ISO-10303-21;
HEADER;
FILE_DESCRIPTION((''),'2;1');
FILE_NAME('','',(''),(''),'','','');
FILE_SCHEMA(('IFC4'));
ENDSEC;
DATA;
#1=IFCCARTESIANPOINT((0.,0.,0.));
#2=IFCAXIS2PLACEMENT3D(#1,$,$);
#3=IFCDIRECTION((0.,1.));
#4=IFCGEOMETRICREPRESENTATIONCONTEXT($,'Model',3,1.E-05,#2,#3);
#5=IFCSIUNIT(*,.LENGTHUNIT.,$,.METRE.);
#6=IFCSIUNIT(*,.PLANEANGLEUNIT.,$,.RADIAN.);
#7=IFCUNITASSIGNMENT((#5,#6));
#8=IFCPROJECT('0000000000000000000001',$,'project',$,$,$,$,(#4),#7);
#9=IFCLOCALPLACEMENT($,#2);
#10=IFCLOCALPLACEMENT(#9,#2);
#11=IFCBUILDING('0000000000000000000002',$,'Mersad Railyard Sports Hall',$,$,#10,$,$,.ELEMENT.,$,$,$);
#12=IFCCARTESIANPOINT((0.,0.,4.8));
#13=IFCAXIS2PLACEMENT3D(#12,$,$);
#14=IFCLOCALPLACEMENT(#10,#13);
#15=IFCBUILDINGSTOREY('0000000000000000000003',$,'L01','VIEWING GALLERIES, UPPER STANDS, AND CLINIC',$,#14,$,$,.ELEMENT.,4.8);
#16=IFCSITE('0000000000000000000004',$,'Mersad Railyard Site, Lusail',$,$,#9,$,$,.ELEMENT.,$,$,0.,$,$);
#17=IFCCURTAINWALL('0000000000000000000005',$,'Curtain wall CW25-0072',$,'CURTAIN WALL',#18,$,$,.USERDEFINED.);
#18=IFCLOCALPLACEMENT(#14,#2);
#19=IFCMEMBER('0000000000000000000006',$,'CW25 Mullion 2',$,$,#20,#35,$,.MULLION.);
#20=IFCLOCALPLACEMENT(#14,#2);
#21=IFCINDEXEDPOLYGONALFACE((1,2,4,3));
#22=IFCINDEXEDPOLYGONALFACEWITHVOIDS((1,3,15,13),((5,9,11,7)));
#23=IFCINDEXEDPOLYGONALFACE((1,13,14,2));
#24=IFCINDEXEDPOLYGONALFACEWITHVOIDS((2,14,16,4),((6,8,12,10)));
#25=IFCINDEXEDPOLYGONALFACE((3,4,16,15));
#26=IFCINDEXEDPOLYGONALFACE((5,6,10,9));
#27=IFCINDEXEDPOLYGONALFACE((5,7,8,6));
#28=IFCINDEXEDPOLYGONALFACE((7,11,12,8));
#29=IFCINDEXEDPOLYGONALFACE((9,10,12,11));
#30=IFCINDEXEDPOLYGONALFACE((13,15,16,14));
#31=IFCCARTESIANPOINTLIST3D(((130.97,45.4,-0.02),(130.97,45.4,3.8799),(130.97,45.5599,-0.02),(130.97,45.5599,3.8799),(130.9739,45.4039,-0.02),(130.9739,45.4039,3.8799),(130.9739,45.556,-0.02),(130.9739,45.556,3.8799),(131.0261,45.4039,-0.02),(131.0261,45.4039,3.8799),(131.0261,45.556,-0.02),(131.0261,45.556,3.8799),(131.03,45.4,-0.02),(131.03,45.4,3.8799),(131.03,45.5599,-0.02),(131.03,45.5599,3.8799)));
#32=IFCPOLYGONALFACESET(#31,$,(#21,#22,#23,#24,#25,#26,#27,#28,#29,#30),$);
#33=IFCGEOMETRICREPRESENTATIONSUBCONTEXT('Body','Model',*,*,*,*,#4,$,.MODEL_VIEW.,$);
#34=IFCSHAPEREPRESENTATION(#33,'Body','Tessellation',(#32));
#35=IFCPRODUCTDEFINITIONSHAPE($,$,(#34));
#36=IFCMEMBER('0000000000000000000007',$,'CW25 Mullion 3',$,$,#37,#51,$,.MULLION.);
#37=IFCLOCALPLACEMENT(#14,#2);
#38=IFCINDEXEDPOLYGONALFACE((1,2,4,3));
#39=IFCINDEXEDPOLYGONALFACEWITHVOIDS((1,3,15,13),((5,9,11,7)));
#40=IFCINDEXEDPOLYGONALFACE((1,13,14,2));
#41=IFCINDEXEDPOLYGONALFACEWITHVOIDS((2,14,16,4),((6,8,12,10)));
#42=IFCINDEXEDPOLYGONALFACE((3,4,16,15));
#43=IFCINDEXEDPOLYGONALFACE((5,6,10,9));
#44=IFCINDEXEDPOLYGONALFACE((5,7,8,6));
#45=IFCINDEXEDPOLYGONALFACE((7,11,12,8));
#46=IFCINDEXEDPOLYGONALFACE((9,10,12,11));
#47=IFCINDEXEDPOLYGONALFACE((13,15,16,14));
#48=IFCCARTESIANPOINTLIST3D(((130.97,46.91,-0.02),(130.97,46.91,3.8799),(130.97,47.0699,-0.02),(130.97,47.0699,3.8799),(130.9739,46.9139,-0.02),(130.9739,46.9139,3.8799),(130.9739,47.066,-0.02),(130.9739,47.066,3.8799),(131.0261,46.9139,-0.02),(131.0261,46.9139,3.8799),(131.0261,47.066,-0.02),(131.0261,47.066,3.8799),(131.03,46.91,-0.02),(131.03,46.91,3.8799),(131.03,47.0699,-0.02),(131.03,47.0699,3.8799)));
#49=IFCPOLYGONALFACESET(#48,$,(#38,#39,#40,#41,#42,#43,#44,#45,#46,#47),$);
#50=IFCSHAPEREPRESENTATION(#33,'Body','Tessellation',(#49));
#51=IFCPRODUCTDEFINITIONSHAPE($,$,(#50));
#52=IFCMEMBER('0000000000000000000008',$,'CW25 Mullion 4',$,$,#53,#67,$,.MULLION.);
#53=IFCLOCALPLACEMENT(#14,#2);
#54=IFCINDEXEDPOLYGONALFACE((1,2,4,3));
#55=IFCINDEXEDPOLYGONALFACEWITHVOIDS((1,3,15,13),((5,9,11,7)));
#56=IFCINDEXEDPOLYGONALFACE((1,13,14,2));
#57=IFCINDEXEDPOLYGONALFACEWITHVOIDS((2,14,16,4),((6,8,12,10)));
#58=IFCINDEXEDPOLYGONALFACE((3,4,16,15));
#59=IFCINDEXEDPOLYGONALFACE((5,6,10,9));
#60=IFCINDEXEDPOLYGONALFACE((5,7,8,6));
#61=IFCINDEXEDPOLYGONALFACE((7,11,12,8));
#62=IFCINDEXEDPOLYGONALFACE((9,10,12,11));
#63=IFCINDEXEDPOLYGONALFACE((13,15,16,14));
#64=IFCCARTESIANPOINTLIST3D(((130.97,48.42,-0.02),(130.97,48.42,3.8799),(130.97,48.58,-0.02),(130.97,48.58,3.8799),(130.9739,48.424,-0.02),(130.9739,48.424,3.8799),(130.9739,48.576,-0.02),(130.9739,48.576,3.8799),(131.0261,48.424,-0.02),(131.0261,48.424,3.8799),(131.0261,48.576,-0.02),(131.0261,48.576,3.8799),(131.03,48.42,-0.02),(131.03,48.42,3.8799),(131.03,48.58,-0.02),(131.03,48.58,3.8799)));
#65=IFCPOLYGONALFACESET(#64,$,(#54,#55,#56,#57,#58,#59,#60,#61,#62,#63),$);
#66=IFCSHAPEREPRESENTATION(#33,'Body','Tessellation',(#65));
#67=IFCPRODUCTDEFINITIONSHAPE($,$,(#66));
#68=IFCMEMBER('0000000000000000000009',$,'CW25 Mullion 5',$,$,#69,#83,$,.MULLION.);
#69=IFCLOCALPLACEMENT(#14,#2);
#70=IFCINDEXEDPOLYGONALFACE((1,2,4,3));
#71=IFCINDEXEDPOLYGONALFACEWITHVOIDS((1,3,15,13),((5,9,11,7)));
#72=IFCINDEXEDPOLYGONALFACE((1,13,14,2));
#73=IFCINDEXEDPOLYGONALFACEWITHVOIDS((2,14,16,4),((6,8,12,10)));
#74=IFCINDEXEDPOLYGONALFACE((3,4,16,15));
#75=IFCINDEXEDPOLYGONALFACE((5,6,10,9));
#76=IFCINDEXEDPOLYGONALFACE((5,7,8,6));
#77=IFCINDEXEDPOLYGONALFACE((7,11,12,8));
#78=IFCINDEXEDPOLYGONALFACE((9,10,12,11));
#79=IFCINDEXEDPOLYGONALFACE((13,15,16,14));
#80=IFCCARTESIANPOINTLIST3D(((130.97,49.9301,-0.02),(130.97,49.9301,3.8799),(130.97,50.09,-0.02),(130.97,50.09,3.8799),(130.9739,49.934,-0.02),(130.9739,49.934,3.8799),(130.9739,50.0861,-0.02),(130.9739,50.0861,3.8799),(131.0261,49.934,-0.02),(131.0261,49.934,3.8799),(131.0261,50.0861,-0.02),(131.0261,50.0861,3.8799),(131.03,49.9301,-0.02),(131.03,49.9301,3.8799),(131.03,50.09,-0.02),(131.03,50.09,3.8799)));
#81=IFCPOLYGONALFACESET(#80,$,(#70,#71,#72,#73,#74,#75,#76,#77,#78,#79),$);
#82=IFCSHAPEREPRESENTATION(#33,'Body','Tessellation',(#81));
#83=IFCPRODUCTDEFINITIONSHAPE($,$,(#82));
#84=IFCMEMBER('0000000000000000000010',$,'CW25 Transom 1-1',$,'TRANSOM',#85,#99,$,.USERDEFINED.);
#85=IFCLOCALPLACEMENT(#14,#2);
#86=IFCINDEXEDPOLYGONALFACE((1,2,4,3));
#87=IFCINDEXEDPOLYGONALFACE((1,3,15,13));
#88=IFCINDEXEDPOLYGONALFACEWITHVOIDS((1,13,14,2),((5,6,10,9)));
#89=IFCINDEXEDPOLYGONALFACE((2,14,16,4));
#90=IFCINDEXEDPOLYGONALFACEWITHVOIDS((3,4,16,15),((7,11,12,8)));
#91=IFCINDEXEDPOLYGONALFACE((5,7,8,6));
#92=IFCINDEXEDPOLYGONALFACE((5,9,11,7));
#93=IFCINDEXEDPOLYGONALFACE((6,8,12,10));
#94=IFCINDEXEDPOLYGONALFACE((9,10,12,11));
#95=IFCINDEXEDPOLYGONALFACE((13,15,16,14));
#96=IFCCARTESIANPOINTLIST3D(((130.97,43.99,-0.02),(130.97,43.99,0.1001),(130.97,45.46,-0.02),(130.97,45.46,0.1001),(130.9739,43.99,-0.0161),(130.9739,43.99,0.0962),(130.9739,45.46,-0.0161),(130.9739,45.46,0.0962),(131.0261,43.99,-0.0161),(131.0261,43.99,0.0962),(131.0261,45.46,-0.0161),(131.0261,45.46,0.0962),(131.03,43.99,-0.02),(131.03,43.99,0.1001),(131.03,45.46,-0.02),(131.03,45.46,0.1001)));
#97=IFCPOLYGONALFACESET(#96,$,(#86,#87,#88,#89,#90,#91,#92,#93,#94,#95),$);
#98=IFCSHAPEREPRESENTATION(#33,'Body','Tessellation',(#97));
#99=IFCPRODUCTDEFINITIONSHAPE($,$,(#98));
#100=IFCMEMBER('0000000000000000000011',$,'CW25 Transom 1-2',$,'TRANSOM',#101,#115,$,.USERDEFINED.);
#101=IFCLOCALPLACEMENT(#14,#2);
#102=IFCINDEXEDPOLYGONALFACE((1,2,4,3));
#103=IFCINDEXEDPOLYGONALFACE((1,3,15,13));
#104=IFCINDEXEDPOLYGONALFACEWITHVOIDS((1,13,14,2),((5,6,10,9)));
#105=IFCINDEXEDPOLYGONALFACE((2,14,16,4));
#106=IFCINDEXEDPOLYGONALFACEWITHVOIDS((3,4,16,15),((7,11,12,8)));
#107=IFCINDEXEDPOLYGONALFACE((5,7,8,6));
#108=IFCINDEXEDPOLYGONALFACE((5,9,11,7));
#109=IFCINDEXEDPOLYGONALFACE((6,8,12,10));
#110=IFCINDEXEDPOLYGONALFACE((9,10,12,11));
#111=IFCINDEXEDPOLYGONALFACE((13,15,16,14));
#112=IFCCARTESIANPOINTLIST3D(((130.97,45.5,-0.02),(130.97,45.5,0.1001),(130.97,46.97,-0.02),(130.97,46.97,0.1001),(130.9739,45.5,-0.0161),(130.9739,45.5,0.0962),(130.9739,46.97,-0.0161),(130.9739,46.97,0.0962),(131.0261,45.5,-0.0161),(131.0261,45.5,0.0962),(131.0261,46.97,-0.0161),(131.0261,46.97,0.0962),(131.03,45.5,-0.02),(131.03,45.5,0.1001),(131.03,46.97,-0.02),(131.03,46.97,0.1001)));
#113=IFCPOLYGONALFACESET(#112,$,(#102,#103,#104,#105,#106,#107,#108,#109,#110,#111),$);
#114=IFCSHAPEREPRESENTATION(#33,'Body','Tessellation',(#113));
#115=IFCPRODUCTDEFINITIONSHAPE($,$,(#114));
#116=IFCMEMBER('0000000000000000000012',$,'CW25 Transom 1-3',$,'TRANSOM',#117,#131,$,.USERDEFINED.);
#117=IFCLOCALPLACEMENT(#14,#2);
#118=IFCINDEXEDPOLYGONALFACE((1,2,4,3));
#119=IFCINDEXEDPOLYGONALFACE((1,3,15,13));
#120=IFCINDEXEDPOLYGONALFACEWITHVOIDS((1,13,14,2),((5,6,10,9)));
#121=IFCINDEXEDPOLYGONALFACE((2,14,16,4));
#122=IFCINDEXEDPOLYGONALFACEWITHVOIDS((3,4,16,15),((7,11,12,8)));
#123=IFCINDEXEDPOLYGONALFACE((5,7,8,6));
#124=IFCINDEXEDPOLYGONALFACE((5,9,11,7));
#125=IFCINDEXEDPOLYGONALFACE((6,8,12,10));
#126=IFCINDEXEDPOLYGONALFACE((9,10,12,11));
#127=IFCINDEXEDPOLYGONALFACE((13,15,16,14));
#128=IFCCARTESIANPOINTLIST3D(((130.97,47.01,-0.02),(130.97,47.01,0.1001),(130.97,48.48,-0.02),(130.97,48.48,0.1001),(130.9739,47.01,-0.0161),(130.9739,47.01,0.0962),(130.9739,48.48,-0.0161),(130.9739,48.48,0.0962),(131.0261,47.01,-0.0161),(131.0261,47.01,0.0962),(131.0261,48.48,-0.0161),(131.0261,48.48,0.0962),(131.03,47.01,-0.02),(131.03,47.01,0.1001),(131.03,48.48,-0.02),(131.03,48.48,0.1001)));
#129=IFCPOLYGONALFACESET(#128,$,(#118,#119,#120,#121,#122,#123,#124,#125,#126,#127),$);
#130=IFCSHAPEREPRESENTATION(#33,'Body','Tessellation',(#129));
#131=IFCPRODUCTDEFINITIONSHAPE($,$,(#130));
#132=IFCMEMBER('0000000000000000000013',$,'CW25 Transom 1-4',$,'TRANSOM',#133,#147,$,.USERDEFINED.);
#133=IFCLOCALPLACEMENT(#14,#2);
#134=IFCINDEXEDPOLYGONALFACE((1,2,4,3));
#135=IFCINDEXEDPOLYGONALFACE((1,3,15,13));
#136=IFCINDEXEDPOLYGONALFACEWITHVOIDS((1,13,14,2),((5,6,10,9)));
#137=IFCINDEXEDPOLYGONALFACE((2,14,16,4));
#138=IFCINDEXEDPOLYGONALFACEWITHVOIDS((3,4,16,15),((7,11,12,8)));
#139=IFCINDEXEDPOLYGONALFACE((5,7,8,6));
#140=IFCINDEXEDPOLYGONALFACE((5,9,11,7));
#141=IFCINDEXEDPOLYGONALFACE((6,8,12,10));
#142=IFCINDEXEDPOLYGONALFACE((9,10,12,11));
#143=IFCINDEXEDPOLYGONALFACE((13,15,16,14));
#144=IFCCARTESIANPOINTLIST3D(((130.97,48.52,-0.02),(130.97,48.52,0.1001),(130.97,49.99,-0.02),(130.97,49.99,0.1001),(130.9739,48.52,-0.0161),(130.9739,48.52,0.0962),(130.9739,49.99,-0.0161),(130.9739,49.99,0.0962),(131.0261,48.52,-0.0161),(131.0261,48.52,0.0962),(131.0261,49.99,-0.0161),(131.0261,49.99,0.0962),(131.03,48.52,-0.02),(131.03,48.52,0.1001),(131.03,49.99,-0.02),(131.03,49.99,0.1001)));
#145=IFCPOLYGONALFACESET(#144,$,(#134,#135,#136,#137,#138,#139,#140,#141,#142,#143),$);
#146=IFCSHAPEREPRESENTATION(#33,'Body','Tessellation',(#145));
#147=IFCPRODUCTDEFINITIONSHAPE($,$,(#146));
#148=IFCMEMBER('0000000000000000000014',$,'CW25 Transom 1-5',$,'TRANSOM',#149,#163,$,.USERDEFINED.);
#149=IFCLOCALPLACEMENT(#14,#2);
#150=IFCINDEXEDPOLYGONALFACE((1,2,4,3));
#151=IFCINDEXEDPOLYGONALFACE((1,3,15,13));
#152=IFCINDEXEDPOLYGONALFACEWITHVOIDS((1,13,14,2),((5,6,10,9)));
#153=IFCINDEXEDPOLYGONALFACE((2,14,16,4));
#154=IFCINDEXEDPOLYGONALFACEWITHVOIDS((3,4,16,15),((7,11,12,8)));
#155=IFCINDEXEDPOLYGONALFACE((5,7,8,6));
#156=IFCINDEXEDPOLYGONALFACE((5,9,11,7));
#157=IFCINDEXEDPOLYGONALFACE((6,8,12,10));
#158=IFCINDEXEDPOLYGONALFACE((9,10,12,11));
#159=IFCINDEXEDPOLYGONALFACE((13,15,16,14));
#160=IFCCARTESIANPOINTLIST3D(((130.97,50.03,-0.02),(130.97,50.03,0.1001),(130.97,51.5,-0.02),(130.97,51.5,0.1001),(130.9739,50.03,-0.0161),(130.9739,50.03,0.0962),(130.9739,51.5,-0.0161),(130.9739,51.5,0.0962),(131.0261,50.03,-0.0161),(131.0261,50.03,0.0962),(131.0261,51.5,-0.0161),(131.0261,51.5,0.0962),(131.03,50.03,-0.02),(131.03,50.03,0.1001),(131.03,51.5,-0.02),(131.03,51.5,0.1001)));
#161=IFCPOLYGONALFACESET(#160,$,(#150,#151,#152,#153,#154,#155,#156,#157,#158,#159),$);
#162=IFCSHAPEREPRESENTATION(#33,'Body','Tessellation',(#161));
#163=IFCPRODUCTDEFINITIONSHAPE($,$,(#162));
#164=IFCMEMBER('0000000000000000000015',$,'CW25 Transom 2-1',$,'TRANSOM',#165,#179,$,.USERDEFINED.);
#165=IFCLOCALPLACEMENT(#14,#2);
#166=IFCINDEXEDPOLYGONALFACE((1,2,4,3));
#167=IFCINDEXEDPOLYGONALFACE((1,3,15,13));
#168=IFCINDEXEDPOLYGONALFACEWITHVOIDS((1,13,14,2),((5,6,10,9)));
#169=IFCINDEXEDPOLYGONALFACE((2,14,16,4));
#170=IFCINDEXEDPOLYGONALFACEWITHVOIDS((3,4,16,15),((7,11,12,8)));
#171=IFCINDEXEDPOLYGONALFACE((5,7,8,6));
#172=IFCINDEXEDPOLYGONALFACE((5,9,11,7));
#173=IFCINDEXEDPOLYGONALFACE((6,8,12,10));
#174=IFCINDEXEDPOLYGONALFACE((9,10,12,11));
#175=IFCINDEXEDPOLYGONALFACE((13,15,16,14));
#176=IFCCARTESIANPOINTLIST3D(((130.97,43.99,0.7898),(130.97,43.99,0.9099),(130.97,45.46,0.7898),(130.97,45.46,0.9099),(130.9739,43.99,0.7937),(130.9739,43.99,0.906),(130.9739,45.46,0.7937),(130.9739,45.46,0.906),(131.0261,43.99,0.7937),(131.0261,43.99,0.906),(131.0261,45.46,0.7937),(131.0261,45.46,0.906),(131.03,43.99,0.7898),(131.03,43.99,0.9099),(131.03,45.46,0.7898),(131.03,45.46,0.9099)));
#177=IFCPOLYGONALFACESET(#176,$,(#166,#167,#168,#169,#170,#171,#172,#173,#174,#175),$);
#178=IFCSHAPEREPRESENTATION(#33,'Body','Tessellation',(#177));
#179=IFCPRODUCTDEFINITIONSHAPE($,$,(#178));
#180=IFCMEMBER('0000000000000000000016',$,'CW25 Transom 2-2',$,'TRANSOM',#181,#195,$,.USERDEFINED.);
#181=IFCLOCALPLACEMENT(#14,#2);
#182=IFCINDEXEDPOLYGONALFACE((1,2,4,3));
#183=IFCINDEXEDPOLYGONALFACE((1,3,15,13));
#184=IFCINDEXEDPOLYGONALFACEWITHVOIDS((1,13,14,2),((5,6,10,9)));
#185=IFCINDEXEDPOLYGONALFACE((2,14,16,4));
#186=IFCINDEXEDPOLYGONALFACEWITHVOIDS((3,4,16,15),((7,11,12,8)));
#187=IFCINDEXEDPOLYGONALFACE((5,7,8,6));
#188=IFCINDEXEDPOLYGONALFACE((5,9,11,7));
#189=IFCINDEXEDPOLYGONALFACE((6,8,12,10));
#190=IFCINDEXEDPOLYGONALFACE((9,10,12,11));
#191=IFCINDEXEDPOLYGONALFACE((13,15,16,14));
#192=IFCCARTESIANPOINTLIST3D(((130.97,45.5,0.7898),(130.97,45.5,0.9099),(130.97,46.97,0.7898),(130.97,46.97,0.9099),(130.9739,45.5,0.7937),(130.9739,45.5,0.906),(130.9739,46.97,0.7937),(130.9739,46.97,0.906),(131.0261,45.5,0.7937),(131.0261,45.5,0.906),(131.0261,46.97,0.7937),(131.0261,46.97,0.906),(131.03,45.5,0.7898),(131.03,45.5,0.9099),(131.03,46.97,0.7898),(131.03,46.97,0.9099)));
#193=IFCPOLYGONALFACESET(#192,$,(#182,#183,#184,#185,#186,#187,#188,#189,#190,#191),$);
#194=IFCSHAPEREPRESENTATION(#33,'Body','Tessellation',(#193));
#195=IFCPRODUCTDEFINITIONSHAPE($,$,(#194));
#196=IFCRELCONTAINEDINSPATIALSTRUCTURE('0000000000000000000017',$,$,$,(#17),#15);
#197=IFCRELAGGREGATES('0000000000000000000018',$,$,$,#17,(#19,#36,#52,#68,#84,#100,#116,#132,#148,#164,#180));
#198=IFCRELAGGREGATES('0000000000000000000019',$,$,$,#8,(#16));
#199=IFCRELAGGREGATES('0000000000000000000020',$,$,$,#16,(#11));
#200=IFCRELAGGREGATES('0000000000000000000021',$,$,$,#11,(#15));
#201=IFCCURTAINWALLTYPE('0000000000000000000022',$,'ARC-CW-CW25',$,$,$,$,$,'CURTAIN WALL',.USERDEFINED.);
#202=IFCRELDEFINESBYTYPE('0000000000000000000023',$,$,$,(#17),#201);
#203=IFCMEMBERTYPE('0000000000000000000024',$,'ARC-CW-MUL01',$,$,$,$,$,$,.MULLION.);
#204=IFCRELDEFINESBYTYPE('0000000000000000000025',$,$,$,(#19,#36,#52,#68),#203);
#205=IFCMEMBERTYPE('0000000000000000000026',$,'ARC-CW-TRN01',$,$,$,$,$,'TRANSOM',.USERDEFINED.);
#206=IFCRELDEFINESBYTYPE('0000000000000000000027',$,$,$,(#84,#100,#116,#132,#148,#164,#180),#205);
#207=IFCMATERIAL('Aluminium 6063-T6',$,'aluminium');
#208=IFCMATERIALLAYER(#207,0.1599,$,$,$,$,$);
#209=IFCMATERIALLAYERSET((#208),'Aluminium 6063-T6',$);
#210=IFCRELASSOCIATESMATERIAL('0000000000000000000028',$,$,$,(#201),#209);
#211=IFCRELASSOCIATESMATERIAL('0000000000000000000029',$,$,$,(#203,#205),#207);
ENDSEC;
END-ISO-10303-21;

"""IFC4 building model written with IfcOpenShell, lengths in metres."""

from ifc_helpers import new_model, si_unit, direction, frame, origin, origin_2d, place, context, subcontext, project, spatial, hollow_rectangle, extrude, material, layer, layer_set, material_profile, profile_set, type_object, element, aggregate, save


model = new_model("IFC4")

# Units and contexts
model_context = context("Model", 3, precision=1e-05, world=origin(), true_north=direction((0.0, 1.0)))
body_context = subcontext(model_context, "Body", "Model", "MODEL_VIEW")
ifc_project = project(units=[si_unit("LENGTHUNIT", "METRE"), si_unit("PLANEANGLEUNIT", "RADIAN")], contexts=[model_context])

# Site, building, storey
site_placement = place(None, origin())
site = spatial("IfcSite", under=ifc_project, at=site_placement, Name="Mersad Railyard Site, Lusail", CompositionType="ELEMENT", RefElevation=0.0)
building_placement = place(site_placement, origin())
building = spatial("IfcBuilding", under=site, at=building_placement, Name="Mersad Railyard Sports Hall", CompositionType="ELEMENT")
storey_placement = place(building_placement, frame((0.0, 0.0, 4.8)))
storey = spatial("IfcBuildingStorey", under=building, at=storey_placement, Name="L01", Description="VIEWING GALLERIES, UPPER STANDS, AND CLINIC", CompositionType="ELEMENT", Elevation=4.8)

# Curtain wall, members
ifc_material_1 = material(Name="Aluminium 6063-T6", Category="aluminium")
ifc_layer_1 = layer(ifc_material_1, 0.1599)
ifc_layer_set_1 = layer_set([ifc_layer_1], Name="Aluminium 6063-T6")
curtain_wall_type = type_object("IfcCurtainWallType", Name="ARC-CW-CW25", ElementType="CURTAIN WALL", PredefinedType="USERDEFINED", material=ifc_layer_set_1)
curtain_wall_placement = place(storey_placement, origin())
curtain_wall = element("IfcCurtainWall", 1, at=curtain_wall_placement, inside=storey, type_object=curtain_wall_type, Name="Curtain wall CW25-0072", ObjectType="CURTAIN WALL", PredefinedType="USERDEFINED")
ifc_material_profile_1 = material_profile(ifc_material_1, hollow_rectangle(XDim=0.0601, YDim=0.1599, WallThickness=0.0039, at=origin_2d()), Name="AL MULLION 60x160x4")
ifc_profile_set_1 = profile_set([ifc_material_profile_1], Name="Aluminium 6063-T6")
member_type_1 = type_object("IfcMemberType", Name="ARC-CW-MUL01", PredefinedType="MULLION", material=ifc_profile_set_1)
member_1_placement = place(storey_placement, frame((131.0, 45.48, -0.02), z_axis=(0.0, 0.0, 1.0), x_axis=(1.0, 0.0, 0.0)))
member_1 = element("IfcMember", 2, at=member_1_placement, type_object=member_type_1, Name="CW25 Mullion 2", PredefinedType="MULLION", context=body_context, shape_type="SweptSolid", body=[
    extrude(hollow_rectangle(XDim=0.0601, YDim=0.1599, WallThickness=0.0039, at=origin_2d()), origin(), (0.0, 0.0, 1.0), 3.8999),
])
member_2_placement = place(storey_placement, frame((131.0, 46.99, -0.02), z_axis=(0.0, 0.0, 1.0), x_axis=(1.0, 0.0, 0.0)))
member_2 = element("IfcMember", 3, at=member_2_placement, type_object=member_type_1, Name="CW25 Mullion 3", PredefinedType="MULLION", context=body_context, shape_type="SweptSolid", body=[
    extrude(hollow_rectangle(XDim=0.0601, YDim=0.1599, WallThickness=0.0039, at=origin_2d()), origin(), (0.0, 0.0, 1.0), 3.8999),
])
member_3_placement = place(storey_placement, frame((131.0, 48.5, -0.02), z_axis=(0.0, 0.0, 1.0), x_axis=(1.0, 0.0, 0.0)))
member_3 = element("IfcMember", 4, at=member_3_placement, type_object=member_type_1, Name="CW25 Mullion 4", PredefinedType="MULLION", context=body_context, shape_type="SweptSolid", body=[
    extrude(hollow_rectangle(XDim=0.0601, YDim=0.1599, WallThickness=0.0039, at=origin_2d()), origin(), (0.0, 0.0, 1.0), 3.8999),
])
member_4_placement = place(storey_placement, frame((131.0, 50.01, -0.02), z_axis=(0.0, 0.0, 1.0), x_axis=(1.0, 0.0, 0.0)))
member_4 = element("IfcMember", 5, at=member_4_placement, type_object=member_type_1, Name="CW25 Mullion 5", PredefinedType="MULLION", context=body_context, shape_type="SweptSolid", body=[
    extrude(hollow_rectangle(XDim=0.0601, YDim=0.1599, WallThickness=0.0039, at=origin_2d()), origin(), (0.0, 0.0, 1.0), 3.8999),
])
ifc_material_profile_2 = material_profile(ifc_material_1, hollow_rectangle(XDim=0.0601, YDim=0.1201, WallThickness=0.0039, at=origin_2d()), Name="AL TRANSOM 60x120x4")
ifc_profile_set_2 = profile_set([ifc_material_profile_2], Name="Aluminium 6063-T6")
member_type_2 = type_object("IfcMemberType", Name="ARC-CW-TRN01", ElementType="TRANSOM", PredefinedType="USERDEFINED", material=ifc_profile_set_2)
member_5_placement = place(storey_placement, frame((131.0, 43.99, 0.04), z_axis=(0.0, 1.0, 0.0), x_axis=(-1.0, 0.0, 0.0)))
member_5 = element("IfcMember", 6, at=member_5_placement, type_object=member_type_2, Name="CW25 Transom 1-1", ObjectType="TRANSOM", PredefinedType="USERDEFINED", context=body_context, shape_type="SweptSolid", body=[
    extrude(hollow_rectangle(XDim=0.0601, YDim=0.1201, WallThickness=0.0039, at=origin_2d()), origin(), (0.0, 0.0, 1.0), 1.47),
])
member_6_placement = place(storey_placement, frame((131.0, 45.5, 0.04), z_axis=(0.0, 1.0, 0.0), x_axis=(-1.0, 0.0, 0.0)))
member_6 = element("IfcMember", 7, at=member_6_placement, type_object=member_type_2, Name="CW25 Transom 1-2", ObjectType="TRANSOM", PredefinedType="USERDEFINED", context=body_context, shape_type="SweptSolid", body=[
    extrude(hollow_rectangle(XDim=0.0601, YDim=0.1201, WallThickness=0.0039, at=origin_2d()), origin(), (0.0, 0.0, 1.0), 1.47),
])
member_7_placement = place(storey_placement, frame((131.0, 47.01, 0.04), z_axis=(0.0, 1.0, 0.0), x_axis=(-1.0, 0.0, 0.0)))
member_7 = element("IfcMember", 8, at=member_7_placement, type_object=member_type_2, Name="CW25 Transom 1-3", ObjectType="TRANSOM", PredefinedType="USERDEFINED", context=body_context, shape_type="SweptSolid", body=[
    extrude(hollow_rectangle(XDim=0.0601, YDim=0.1201, WallThickness=0.0039, at=origin_2d()), origin(), (0.0, 0.0, 1.0), 1.47),
])
member_8_placement = place(storey_placement, frame((131.0, 48.52, 0.04), z_axis=(0.0, 1.0, 0.0), x_axis=(-1.0, 0.0, 0.0)))
member_8 = element("IfcMember", 9, at=member_8_placement, type_object=member_type_2, Name="CW25 Transom 1-4", ObjectType="TRANSOM", PredefinedType="USERDEFINED", context=body_context, shape_type="SweptSolid", body=[
    extrude(hollow_rectangle(XDim=0.0601, YDim=0.1201, WallThickness=0.0039, at=origin_2d()), origin(), (0.0, 0.0, 1.0), 1.47),
])
member_9_placement = place(storey_placement, frame((131.0, 50.03, 0.04), z_axis=(0.0, 1.0, 0.0), x_axis=(-1.0, 0.0, 0.0)))
member_9 = element("IfcMember", 10, at=member_9_placement, type_object=member_type_2, Name="CW25 Transom 1-5", ObjectType="TRANSOM", PredefinedType="USERDEFINED", context=body_context, shape_type="SweptSolid", body=[
    extrude(hollow_rectangle(XDim=0.0601, YDim=0.1201, WallThickness=0.0039, at=origin_2d()), origin(), (0.0, 0.0, 1.0), 1.47),
])
member_10_placement = place(storey_placement, frame((131.0, 43.99, 0.8499), z_axis=(0.0, 1.0, 0.0), x_axis=(-1.0, 0.0, 0.0)))
member_10 = element("IfcMember", 11, at=member_10_placement, type_object=member_type_2, Name="CW25 Transom 2-1", ObjectType="TRANSOM", PredefinedType="USERDEFINED", context=body_context, shape_type="SweptSolid", body=[
    extrude(hollow_rectangle(XDim=0.0601, YDim=0.1201, WallThickness=0.0039, at=origin_2d()), origin(), (0.0, 0.0, 1.0), 1.47),
])
member_11_placement = place(storey_placement, frame((131.0, 45.5, 0.8499), z_axis=(0.0, 1.0, 0.0), x_axis=(-1.0, 0.0, 0.0)))
member_11 = element("IfcMember", 12, at=member_11_placement, type_object=member_type_2, Name="CW25 Transom 2-2", ObjectType="TRANSOM", PredefinedType="USERDEFINED", context=body_context, shape_type="SweptSolid", body=[
    extrude(hollow_rectangle(XDim=0.0601, YDim=0.1201, WallThickness=0.0039, at=origin_2d()), origin(), (0.0, 0.0, 1.0), 1.47),
])
aggregate(curtain_wall, [member_1, member_2, member_3, member_4, member_5, member_6, member_7, member_8, member_9, member_10, member_11])

save(model, "model.ifc")
